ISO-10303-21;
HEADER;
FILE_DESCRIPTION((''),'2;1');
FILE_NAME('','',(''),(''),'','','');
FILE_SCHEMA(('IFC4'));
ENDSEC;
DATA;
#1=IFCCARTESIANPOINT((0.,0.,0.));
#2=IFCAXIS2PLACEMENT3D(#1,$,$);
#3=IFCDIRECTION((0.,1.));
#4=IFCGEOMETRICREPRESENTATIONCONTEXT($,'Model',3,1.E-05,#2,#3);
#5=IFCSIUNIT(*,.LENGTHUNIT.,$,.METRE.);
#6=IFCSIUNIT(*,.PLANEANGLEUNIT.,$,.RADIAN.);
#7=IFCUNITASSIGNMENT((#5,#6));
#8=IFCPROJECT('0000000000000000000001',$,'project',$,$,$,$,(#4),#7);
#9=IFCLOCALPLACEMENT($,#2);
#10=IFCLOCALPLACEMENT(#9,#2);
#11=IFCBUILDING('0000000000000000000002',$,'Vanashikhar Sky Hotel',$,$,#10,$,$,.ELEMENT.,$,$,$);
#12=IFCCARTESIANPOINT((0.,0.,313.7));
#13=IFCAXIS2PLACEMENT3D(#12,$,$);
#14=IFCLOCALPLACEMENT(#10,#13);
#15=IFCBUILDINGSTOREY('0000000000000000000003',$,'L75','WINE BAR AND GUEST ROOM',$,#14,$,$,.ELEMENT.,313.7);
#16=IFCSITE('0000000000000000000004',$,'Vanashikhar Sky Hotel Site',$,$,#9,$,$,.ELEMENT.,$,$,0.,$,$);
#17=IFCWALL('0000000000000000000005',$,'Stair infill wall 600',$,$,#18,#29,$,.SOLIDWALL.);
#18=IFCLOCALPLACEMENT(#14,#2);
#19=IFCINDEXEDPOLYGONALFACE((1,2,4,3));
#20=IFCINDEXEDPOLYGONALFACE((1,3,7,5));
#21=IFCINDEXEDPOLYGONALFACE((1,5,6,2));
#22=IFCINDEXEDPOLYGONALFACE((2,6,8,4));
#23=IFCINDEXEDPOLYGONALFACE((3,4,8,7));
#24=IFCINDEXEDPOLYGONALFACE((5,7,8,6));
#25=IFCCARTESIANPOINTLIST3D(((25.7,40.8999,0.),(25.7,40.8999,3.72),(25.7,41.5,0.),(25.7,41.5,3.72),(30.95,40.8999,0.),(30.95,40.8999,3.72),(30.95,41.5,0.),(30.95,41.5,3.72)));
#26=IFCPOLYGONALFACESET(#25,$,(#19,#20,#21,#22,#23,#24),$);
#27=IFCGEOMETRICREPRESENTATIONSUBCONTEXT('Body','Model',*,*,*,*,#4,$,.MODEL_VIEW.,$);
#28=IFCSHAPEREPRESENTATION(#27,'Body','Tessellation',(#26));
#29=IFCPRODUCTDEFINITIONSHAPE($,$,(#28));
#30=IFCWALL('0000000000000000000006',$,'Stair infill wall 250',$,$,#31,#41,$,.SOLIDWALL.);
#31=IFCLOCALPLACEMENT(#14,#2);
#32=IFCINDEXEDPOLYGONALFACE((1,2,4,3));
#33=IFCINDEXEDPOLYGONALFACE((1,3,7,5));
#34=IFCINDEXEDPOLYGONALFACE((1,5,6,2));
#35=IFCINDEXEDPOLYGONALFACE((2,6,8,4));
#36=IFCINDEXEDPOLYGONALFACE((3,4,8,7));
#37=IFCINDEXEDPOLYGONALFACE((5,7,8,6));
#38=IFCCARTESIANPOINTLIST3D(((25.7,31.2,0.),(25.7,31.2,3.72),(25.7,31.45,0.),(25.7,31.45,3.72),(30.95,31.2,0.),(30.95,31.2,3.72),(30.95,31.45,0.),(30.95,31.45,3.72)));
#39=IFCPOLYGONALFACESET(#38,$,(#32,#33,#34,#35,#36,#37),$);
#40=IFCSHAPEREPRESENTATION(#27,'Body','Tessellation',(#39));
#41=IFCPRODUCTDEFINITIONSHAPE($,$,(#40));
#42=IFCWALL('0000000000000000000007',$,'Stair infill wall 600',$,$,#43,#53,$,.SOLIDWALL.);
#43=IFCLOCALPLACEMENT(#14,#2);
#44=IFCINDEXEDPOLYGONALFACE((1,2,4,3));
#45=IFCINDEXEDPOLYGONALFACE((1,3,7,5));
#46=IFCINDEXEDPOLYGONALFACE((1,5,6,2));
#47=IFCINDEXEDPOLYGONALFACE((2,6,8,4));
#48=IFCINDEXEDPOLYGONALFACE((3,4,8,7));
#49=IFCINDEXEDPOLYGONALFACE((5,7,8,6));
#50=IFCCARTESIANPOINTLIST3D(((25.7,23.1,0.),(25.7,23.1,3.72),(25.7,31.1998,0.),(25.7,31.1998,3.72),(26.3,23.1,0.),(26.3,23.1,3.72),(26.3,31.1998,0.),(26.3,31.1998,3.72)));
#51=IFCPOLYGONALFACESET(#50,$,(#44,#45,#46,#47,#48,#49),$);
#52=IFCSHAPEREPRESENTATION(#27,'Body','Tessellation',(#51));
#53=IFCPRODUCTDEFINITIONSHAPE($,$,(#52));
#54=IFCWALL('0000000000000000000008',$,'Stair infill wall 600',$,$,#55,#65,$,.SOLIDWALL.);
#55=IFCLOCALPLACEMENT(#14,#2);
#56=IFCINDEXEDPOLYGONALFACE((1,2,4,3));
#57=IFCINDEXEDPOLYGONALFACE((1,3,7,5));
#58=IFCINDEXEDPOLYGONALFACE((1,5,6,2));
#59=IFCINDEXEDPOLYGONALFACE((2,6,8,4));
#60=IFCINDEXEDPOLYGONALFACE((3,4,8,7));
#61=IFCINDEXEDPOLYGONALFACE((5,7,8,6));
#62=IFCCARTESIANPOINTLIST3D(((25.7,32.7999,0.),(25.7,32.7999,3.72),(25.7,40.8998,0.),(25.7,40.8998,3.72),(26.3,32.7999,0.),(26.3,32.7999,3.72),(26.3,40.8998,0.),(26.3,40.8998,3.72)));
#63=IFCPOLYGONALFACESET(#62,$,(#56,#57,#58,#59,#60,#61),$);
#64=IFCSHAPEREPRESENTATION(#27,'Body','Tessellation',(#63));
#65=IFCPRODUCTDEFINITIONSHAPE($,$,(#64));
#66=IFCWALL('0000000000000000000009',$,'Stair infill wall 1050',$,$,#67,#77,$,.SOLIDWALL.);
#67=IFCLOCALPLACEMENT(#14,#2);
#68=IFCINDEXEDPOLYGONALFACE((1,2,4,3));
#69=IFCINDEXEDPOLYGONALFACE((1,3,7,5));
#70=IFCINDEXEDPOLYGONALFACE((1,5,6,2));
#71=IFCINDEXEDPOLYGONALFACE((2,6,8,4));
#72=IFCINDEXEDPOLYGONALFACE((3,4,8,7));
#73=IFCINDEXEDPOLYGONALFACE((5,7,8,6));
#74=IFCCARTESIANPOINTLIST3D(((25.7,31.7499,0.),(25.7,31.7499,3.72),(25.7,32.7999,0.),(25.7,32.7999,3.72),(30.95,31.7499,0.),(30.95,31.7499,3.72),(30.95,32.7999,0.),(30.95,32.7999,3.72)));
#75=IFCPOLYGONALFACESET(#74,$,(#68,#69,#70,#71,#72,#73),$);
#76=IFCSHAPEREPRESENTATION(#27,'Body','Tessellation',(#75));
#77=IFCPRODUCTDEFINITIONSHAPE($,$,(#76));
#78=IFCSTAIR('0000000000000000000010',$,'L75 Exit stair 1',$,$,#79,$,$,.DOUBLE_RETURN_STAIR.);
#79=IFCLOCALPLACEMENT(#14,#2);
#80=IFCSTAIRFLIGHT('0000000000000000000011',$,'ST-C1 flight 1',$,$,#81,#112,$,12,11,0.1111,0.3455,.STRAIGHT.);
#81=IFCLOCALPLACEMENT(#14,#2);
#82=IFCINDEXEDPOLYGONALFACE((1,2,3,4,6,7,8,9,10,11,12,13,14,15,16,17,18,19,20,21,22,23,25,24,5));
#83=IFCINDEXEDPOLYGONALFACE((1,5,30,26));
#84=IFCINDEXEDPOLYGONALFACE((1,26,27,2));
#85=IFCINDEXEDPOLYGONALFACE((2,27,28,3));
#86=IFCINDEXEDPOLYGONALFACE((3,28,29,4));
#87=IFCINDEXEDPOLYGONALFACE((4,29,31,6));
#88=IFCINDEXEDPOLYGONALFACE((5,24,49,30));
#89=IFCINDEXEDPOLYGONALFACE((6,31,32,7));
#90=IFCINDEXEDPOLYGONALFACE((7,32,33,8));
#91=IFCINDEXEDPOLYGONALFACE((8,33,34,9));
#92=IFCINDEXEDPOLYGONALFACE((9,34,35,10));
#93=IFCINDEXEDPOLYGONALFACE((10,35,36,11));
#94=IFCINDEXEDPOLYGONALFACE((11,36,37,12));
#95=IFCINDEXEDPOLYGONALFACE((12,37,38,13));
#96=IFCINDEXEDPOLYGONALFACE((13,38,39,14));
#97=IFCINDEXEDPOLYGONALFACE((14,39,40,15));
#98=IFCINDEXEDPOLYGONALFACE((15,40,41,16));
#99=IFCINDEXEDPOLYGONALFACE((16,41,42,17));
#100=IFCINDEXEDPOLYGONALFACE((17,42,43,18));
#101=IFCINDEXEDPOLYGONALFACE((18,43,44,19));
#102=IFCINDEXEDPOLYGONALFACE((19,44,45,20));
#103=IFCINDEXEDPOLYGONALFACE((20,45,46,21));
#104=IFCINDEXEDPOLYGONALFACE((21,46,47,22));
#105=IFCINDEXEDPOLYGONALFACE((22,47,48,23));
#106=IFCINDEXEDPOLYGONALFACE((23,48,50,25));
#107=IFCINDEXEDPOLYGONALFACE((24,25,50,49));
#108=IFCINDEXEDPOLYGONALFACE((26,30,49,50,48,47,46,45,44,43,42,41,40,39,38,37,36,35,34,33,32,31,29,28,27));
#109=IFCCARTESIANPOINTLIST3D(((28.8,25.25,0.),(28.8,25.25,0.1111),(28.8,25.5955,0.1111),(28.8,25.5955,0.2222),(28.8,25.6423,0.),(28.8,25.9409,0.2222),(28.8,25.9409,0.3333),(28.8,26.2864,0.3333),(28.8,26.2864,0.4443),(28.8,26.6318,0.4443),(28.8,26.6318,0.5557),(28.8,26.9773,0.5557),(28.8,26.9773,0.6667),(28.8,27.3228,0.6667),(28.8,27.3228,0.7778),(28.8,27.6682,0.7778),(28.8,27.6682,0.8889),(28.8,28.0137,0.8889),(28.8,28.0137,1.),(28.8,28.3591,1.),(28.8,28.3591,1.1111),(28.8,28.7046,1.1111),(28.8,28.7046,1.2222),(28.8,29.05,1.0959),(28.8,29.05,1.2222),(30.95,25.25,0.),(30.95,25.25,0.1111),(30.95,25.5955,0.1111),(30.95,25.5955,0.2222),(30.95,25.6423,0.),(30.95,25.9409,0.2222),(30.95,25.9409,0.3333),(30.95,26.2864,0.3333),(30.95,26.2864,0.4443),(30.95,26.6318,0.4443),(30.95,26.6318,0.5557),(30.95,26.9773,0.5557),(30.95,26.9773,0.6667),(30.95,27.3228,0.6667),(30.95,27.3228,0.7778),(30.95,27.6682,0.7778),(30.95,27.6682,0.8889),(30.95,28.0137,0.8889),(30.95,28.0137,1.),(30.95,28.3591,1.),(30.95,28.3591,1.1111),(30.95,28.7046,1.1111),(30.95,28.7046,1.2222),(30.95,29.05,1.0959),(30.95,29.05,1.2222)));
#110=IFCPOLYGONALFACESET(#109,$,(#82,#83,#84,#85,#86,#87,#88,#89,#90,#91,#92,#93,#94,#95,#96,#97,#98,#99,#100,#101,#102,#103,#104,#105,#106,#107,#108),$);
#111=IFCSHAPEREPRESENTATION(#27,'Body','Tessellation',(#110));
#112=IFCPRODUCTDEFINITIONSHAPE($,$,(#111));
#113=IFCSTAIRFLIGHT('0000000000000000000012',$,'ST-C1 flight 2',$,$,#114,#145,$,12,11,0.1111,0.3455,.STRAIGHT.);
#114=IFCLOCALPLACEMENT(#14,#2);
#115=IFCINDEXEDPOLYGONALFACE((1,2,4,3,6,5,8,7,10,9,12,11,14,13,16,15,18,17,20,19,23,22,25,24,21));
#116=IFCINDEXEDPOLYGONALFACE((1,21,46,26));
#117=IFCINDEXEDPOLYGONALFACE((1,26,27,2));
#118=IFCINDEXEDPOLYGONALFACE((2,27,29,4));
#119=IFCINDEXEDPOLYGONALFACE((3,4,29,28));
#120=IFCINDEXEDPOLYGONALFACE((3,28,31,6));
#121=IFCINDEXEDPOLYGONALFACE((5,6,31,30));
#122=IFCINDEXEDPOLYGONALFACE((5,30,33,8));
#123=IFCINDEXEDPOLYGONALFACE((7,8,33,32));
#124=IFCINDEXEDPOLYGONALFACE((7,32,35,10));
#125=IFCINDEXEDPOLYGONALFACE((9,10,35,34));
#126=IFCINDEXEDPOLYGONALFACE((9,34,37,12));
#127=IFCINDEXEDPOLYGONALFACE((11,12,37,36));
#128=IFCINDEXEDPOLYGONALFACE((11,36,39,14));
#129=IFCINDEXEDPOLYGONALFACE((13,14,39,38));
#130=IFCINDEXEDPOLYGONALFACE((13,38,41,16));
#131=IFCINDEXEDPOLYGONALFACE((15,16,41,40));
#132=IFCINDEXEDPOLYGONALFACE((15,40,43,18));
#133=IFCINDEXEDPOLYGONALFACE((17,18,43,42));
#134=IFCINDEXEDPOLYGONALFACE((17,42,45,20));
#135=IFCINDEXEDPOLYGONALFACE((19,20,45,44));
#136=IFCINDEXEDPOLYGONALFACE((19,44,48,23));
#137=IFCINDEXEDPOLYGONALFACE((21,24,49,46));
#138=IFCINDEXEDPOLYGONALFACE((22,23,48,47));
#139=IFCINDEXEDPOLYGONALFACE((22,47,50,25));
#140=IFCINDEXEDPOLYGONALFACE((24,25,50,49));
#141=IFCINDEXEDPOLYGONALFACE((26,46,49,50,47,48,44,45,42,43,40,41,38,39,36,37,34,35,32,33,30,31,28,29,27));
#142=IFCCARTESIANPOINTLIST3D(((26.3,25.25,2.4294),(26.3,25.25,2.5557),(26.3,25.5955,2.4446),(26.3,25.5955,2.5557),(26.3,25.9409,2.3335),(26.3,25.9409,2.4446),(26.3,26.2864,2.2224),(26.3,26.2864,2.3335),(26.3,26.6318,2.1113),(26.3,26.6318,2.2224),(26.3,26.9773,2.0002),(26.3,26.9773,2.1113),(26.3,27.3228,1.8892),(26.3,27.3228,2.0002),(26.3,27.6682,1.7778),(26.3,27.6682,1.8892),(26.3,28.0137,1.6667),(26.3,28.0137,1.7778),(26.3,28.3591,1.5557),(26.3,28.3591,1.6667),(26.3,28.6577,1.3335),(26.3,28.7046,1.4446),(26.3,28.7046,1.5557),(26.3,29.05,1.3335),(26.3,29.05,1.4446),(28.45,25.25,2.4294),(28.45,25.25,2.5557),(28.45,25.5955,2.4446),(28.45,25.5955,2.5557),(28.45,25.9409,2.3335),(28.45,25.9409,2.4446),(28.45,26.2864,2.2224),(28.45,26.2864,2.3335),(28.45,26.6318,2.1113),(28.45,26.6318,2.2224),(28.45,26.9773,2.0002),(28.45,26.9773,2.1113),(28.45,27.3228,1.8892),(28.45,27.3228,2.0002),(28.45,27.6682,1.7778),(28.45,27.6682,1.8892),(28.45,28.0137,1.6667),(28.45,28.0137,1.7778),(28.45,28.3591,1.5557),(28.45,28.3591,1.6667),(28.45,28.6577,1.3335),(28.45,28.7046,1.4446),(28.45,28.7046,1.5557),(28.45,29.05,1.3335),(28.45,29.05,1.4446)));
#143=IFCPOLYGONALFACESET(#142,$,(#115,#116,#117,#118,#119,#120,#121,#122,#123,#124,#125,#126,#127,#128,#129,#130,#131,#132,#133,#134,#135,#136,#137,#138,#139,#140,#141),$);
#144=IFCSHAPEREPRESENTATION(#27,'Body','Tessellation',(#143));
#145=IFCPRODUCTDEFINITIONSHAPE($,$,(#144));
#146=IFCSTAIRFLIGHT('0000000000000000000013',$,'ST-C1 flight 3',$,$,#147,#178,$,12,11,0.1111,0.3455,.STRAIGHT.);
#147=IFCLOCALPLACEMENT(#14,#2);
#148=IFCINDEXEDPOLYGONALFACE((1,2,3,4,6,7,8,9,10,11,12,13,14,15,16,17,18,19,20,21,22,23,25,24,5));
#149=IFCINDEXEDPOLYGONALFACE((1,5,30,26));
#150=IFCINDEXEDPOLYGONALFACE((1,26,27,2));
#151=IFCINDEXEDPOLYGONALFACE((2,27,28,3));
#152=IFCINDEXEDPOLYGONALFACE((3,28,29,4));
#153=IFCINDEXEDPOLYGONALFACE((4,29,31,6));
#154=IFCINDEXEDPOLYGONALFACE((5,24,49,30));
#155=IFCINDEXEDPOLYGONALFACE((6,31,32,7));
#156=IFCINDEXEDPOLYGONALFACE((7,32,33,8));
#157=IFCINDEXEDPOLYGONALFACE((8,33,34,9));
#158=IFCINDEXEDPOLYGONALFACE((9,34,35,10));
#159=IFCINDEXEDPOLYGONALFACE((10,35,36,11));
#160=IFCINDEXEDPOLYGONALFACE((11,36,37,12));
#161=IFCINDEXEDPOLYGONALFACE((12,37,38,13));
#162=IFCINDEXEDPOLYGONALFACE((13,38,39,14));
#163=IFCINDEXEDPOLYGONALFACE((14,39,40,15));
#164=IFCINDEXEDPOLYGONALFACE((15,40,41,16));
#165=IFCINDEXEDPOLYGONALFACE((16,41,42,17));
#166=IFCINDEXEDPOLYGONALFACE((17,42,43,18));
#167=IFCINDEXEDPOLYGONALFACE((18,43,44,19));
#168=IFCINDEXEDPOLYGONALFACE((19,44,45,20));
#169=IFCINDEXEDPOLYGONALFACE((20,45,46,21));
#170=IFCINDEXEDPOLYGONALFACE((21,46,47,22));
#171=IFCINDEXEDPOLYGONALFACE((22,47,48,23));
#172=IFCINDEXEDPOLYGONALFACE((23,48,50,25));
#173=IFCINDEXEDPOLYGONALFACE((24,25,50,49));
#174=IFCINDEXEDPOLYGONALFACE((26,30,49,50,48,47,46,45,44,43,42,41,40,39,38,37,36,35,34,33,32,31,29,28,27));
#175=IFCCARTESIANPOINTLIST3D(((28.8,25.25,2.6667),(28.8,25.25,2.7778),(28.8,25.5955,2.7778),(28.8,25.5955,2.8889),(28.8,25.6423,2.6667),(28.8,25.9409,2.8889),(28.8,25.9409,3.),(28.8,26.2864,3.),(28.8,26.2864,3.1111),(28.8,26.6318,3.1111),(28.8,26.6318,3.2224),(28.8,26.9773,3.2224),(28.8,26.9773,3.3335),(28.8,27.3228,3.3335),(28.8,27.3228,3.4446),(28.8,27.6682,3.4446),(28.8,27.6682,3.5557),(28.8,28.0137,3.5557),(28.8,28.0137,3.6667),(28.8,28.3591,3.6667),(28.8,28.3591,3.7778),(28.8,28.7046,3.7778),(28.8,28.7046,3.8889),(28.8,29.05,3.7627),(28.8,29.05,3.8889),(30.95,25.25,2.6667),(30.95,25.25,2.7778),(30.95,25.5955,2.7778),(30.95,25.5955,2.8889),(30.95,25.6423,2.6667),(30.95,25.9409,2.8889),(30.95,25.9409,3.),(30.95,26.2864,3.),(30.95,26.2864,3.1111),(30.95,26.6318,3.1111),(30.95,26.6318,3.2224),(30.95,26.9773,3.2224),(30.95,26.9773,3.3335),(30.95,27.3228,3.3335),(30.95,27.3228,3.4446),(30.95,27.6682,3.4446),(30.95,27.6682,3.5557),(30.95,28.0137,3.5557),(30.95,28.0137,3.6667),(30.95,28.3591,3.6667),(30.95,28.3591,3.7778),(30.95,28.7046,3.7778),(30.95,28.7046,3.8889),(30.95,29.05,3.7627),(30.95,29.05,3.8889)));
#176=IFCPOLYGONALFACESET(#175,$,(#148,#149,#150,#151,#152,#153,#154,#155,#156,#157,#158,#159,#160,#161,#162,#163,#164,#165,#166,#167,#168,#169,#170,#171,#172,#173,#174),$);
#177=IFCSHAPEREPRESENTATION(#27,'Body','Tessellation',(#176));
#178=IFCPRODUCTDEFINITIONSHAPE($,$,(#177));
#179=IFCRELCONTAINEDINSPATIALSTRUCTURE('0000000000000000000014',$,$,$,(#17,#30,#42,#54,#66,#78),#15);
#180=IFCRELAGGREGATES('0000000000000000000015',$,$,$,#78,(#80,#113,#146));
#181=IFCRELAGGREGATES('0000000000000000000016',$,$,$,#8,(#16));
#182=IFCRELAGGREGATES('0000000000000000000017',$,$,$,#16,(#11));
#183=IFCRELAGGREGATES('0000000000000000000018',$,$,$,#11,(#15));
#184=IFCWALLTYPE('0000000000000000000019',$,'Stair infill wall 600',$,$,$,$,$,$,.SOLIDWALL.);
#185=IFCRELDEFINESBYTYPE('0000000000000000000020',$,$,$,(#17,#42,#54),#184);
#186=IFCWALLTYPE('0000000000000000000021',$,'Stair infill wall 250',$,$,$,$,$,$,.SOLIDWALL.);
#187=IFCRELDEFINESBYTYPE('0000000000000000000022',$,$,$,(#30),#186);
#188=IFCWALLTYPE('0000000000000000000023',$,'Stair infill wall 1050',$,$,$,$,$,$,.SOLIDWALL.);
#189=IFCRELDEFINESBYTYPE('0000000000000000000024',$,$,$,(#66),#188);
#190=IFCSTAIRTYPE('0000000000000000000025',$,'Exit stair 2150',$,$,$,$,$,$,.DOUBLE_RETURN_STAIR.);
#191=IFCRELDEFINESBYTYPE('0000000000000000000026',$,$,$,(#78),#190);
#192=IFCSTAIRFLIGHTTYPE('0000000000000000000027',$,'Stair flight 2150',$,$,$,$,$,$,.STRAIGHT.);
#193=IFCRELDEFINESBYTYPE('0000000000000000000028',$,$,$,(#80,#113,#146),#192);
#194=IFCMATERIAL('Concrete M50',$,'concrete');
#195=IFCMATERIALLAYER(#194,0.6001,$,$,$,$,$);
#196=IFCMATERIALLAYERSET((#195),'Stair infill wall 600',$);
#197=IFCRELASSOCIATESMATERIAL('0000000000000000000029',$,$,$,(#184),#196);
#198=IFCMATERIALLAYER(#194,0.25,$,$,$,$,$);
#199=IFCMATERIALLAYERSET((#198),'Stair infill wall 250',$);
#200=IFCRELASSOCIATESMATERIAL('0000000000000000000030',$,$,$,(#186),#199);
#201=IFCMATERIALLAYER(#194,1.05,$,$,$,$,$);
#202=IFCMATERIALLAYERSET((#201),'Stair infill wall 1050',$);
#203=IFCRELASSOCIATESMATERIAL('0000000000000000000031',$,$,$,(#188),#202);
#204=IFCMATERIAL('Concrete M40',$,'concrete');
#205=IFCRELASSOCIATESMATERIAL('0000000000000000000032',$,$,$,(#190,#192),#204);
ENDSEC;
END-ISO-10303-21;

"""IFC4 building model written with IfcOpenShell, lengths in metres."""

from ifc_helpers import new_model, si_unit, direction, frame, frame_2d, origin, place, context, subcontext, project, spatial, polyline, rectangle, outline, extrude, source, transform, mapped, material, layer, layer_set, type_object, element, aggregate, save


model = new_model("IFC4")

# Units and contexts
model_context = context("Model", 3, precision=1e-05, world=origin(), true_north=direction((0.0, 1.0)))
body_context = subcontext(model_context, "Body", "Model", "MODEL_VIEW")
ifc_project = project(units=[si_unit("LENGTHUNIT", "METRE"), si_unit("PLANEANGLEUNIT", "RADIAN")], contexts=[model_context])

# Site, building, storey
site_placement = place(None, origin())
site = spatial("IfcSite", under=ifc_project, at=site_placement, Name="Vanashikhar Sky Hotel Site", CompositionType="ELEMENT", RefElevation=0.0)
building_placement = place(site_placement, origin())
building = spatial("IfcBuilding", under=site, at=building_placement, Name="Vanashikhar Sky Hotel", CompositionType="ELEMENT")
storey_placement = place(building_placement, frame((0.0, 0.0, 313.7)))
storey = spatial("IfcBuildingStorey", under=building, at=storey_placement, Name="L75", Description="WINE BAR AND GUEST ROOM", CompositionType="ELEMENT", Elevation=313.7)

# Walls
ifc_material_1 = material(Name="Concrete M50", Category="concrete")
ifc_layer_1 = layer(ifc_material_1, 0.6001)
ifc_layer_set_1 = layer_set([ifc_layer_1], Name="Stair infill wall 600")
wall_type_1 = type_object("IfcWallType", Name="Stair infill wall 600", PredefinedType="SOLIDWALL", material=ifc_layer_set_1)
shared_shape_1 = source(origin(), body_context, "Body", "SweptSolid", [
    extrude(rectangle(XDim=5.25, YDim=0.6001, at=frame_2d((2.625, 0.0))), origin(), (0.0, 0.0, 1.0), 3.72),
])
wall_1_placement = place(storey_placement, frame((25.7, 41.2, 0.0), z_axis=(0.0, 0.0, 1.0), x_axis=(1.0, 0.0, 0.0)))
element("IfcWall", 1, at=wall_1_placement, inside=storey, type_object=wall_type_1, Name="Stair infill wall 600", PredefinedType="SOLIDWALL", context=body_context, shape_type="MappedRepresentation", body=[
    mapped(shared_shape_1, transform((0.0, 0.0, 0.0), scale=1.0)),
])
ifc_layer_2 = layer(ifc_material_1, 0.25)
ifc_layer_set_2 = layer_set([ifc_layer_2], Name="Stair infill wall 250")
wall_type_2 = type_object("IfcWallType", Name="Stair infill wall 250", PredefinedType="SOLIDWALL", material=ifc_layer_set_2)
shared_shape_2 = source(origin(), body_context, "Body", "SweptSolid", [
    extrude(rectangle(XDim=5.25, YDim=0.25, at=frame_2d((2.625, 0.0))), origin(), (0.0, 0.0, 1.0), 3.72),
])
wall_2_placement = place(storey_placement, frame((25.7, 31.325, 0.0), z_axis=(0.0, 0.0, 1.0), x_axis=(1.0, 0.0, 0.0)))
element("IfcWall", 2, at=wall_2_placement, inside=storey, type_object=wall_type_2, Name="Stair infill wall 250", PredefinedType="SOLIDWALL", context=body_context, shape_type="MappedRepresentation", body=[
    mapped(shared_shape_2, transform((0.0, 0.0, 0.0), scale=1.0)),
])
shared_shape_3 = source(origin(), body_context, "Body", "SweptSolid", [
    extrude(rectangle(XDim=8.0999, YDim=0.6001, at=frame_2d((4.0498, 0.0))), origin(), (0.0, 0.0, 1.0), 3.72),
])
for number, where, z_axis, x_axis, name in (
    (3, (26.0, 23.1001, 0.0), (0.0, 0.0, 1.0), (0.0, 1.0, 0.0), "Stair infill wall 600"),
    (4, (26.0, 32.8, 0.0), (0.0, 0.0, 1.0), (0.0, 1.0, 0.0), "Stair infill wall 600"),
):
    element("IfcWall", number, at=place(storey_placement, frame(where, z_axis=z_axis, x_axis=x_axis)), inside=storey, type_object=wall_type_1, Name=name, PredefinedType="SOLIDWALL", context=body_context, shape_type="MappedRepresentation", body=[
        mapped(shared_shape_3, transform((0.0, 0.0, 0.0), scale=1.0)),
    ])
ifc_layer_3 = layer(ifc_material_1, 1.05)
ifc_layer_set_3 = layer_set([ifc_layer_3], Name="Stair infill wall 1050")
wall_type_3 = type_object("IfcWallType", Name="Stair infill wall 1050", PredefinedType="SOLIDWALL", material=ifc_layer_set_3)
shared_shape_4 = source(origin(), body_context, "Body", "SweptSolid", [
    extrude(rectangle(XDim=5.25, YDim=1.05, at=frame_2d((2.625, 0.0))), origin(), (0.0, 0.0, 1.0), 3.72),
])
wall_3_placement = place(storey_placement, frame((25.7, 32.2749, 0.0), z_axis=(0.0, 0.0, 1.0), x_axis=(1.0, 0.0, 0.0)))
element("IfcWall", 5, at=wall_3_placement, inside=storey, type_object=wall_type_3, Name="Stair infill wall 1050", PredefinedType="SOLIDWALL", context=body_context, shape_type="MappedRepresentation", body=[
    mapped(shared_shape_4, transform((0.0, 0.0, 0.0), scale=1.0)),
])

# Stair, stair flights
ifc_material_2 = material(Name="Concrete M40", Category="concrete")
stair_type = type_object("IfcStairType", Name="Exit stair 2150", PredefinedType="DOUBLE_RETURN_STAIR", material=ifc_material_2)
stair_1_placement = place(storey_placement, origin())
stair_1 = element("IfcStair", 6, at=stair_1_placement, inside=storey, type_object=stair_type, Name="L75 Exit stair 1", PredefinedType="DOUBLE_RETURN_STAIR")
stair_flight_type = type_object("IfcStairFlightType", Name="Stair flight 2150", PredefinedType="STRAIGHT", material=ifc_material_2)
shared_shape_5 = source(origin(), body_context, "Body", "SweptSolid", [
    extrude(outline(polyline([(0.0, 0.0), (0.0, 0.1111), (0.3455, 0.1111), (0.3455, 0.2222), (0.6909, 0.2222), (0.6909, 0.3333), (1.0364, 0.3333), (1.0364, 0.4443), (1.3818, 0.4443), (1.3818, 0.5557), (1.7273, 0.5557), (1.7273, 0.6667), (2.0728, 0.6667), (2.0728, 0.7778), (2.4182, 0.7778), (2.4182, 0.8889), (2.7637, 0.8889), (2.7637, 1.0), (3.1091, 1.0), (3.1091, 1.1111), (3.4546, 1.1111), (3.4546, 1.2222), (3.8, 1.2222), (3.8, 1.3333), (3.8, 1.0959), (0.3923, 0.0), (0.0, 0.0)])), frame((0.0, 1.075, 0.0), z_axis=(0.0, -1.0, 0.0), x_axis=(1.0, 0.0, 0.0)), (0.0, 0.0, 1.0), 2.1499),
])
stair_flight_1_placement = place(storey_placement, frame((29.875, 25.25, 0.0), z_axis=(0.0, 0.0, 1.0), x_axis=(0.0, 1.0, 0.0)))
stair_flight_1 = element("IfcStairFlight", 7, at=stair_flight_1_placement, type_object=stair_flight_type, Name="ST-C1 flight 1", NumberOfRisers=12, NumberOfTreads=11, PredefinedType="STRAIGHT", RiserHeight=0.1111, TreadLength=0.3455, context=body_context, shape_type="MappedRepresentation", body=[
    mapped(shared_shape_5, transform((0.0, 0.0, 0.0), scale=1.0)),
])
stair_flight_2_placement = place(storey_placement, frame((27.375, 29.05, 1.3335), z_axis=(0.0, 0.0, 1.0), x_axis=(0.0, -1.0, 0.0)))
stair_flight_2 = element("IfcStairFlight", 8, at=stair_flight_2_placement, type_object=stair_flight_type, Name="ST-C1 flight 2", NumberOfRisers=12, NumberOfTreads=11, PredefinedType="STRAIGHT", RiserHeight=0.1111, TreadLength=0.3455, context=body_context, shape_type="MappedRepresentation", body=[
    mapped(shared_shape_5, transform((0.0, 0.0, 0.0), scale=1.0)),
])
stair_flight_3_placement = place(storey_placement, frame((29.875, 25.25, 2.6667), z_axis=(0.0, 0.0, 1.0), x_axis=(0.0, 1.0, 0.0)))
stair_flight_3 = element("IfcStairFlight", 9, at=stair_flight_3_placement, type_object=stair_flight_type, Name="ST-C1 flight 3", NumberOfRisers=12, NumberOfTreads=11, PredefinedType="STRAIGHT", RiserHeight=0.1111, TreadLength=0.3455, context=body_context, shape_type="MappedRepresentation", body=[
    mapped(shared_shape_5, transform((0.0, 0.0, 0.0), scale=1.0)),
])
aggregate(stair_1, [stair_flight_1, stair_flight_2, stair_flight_3])

save(model, "model.ifc")
